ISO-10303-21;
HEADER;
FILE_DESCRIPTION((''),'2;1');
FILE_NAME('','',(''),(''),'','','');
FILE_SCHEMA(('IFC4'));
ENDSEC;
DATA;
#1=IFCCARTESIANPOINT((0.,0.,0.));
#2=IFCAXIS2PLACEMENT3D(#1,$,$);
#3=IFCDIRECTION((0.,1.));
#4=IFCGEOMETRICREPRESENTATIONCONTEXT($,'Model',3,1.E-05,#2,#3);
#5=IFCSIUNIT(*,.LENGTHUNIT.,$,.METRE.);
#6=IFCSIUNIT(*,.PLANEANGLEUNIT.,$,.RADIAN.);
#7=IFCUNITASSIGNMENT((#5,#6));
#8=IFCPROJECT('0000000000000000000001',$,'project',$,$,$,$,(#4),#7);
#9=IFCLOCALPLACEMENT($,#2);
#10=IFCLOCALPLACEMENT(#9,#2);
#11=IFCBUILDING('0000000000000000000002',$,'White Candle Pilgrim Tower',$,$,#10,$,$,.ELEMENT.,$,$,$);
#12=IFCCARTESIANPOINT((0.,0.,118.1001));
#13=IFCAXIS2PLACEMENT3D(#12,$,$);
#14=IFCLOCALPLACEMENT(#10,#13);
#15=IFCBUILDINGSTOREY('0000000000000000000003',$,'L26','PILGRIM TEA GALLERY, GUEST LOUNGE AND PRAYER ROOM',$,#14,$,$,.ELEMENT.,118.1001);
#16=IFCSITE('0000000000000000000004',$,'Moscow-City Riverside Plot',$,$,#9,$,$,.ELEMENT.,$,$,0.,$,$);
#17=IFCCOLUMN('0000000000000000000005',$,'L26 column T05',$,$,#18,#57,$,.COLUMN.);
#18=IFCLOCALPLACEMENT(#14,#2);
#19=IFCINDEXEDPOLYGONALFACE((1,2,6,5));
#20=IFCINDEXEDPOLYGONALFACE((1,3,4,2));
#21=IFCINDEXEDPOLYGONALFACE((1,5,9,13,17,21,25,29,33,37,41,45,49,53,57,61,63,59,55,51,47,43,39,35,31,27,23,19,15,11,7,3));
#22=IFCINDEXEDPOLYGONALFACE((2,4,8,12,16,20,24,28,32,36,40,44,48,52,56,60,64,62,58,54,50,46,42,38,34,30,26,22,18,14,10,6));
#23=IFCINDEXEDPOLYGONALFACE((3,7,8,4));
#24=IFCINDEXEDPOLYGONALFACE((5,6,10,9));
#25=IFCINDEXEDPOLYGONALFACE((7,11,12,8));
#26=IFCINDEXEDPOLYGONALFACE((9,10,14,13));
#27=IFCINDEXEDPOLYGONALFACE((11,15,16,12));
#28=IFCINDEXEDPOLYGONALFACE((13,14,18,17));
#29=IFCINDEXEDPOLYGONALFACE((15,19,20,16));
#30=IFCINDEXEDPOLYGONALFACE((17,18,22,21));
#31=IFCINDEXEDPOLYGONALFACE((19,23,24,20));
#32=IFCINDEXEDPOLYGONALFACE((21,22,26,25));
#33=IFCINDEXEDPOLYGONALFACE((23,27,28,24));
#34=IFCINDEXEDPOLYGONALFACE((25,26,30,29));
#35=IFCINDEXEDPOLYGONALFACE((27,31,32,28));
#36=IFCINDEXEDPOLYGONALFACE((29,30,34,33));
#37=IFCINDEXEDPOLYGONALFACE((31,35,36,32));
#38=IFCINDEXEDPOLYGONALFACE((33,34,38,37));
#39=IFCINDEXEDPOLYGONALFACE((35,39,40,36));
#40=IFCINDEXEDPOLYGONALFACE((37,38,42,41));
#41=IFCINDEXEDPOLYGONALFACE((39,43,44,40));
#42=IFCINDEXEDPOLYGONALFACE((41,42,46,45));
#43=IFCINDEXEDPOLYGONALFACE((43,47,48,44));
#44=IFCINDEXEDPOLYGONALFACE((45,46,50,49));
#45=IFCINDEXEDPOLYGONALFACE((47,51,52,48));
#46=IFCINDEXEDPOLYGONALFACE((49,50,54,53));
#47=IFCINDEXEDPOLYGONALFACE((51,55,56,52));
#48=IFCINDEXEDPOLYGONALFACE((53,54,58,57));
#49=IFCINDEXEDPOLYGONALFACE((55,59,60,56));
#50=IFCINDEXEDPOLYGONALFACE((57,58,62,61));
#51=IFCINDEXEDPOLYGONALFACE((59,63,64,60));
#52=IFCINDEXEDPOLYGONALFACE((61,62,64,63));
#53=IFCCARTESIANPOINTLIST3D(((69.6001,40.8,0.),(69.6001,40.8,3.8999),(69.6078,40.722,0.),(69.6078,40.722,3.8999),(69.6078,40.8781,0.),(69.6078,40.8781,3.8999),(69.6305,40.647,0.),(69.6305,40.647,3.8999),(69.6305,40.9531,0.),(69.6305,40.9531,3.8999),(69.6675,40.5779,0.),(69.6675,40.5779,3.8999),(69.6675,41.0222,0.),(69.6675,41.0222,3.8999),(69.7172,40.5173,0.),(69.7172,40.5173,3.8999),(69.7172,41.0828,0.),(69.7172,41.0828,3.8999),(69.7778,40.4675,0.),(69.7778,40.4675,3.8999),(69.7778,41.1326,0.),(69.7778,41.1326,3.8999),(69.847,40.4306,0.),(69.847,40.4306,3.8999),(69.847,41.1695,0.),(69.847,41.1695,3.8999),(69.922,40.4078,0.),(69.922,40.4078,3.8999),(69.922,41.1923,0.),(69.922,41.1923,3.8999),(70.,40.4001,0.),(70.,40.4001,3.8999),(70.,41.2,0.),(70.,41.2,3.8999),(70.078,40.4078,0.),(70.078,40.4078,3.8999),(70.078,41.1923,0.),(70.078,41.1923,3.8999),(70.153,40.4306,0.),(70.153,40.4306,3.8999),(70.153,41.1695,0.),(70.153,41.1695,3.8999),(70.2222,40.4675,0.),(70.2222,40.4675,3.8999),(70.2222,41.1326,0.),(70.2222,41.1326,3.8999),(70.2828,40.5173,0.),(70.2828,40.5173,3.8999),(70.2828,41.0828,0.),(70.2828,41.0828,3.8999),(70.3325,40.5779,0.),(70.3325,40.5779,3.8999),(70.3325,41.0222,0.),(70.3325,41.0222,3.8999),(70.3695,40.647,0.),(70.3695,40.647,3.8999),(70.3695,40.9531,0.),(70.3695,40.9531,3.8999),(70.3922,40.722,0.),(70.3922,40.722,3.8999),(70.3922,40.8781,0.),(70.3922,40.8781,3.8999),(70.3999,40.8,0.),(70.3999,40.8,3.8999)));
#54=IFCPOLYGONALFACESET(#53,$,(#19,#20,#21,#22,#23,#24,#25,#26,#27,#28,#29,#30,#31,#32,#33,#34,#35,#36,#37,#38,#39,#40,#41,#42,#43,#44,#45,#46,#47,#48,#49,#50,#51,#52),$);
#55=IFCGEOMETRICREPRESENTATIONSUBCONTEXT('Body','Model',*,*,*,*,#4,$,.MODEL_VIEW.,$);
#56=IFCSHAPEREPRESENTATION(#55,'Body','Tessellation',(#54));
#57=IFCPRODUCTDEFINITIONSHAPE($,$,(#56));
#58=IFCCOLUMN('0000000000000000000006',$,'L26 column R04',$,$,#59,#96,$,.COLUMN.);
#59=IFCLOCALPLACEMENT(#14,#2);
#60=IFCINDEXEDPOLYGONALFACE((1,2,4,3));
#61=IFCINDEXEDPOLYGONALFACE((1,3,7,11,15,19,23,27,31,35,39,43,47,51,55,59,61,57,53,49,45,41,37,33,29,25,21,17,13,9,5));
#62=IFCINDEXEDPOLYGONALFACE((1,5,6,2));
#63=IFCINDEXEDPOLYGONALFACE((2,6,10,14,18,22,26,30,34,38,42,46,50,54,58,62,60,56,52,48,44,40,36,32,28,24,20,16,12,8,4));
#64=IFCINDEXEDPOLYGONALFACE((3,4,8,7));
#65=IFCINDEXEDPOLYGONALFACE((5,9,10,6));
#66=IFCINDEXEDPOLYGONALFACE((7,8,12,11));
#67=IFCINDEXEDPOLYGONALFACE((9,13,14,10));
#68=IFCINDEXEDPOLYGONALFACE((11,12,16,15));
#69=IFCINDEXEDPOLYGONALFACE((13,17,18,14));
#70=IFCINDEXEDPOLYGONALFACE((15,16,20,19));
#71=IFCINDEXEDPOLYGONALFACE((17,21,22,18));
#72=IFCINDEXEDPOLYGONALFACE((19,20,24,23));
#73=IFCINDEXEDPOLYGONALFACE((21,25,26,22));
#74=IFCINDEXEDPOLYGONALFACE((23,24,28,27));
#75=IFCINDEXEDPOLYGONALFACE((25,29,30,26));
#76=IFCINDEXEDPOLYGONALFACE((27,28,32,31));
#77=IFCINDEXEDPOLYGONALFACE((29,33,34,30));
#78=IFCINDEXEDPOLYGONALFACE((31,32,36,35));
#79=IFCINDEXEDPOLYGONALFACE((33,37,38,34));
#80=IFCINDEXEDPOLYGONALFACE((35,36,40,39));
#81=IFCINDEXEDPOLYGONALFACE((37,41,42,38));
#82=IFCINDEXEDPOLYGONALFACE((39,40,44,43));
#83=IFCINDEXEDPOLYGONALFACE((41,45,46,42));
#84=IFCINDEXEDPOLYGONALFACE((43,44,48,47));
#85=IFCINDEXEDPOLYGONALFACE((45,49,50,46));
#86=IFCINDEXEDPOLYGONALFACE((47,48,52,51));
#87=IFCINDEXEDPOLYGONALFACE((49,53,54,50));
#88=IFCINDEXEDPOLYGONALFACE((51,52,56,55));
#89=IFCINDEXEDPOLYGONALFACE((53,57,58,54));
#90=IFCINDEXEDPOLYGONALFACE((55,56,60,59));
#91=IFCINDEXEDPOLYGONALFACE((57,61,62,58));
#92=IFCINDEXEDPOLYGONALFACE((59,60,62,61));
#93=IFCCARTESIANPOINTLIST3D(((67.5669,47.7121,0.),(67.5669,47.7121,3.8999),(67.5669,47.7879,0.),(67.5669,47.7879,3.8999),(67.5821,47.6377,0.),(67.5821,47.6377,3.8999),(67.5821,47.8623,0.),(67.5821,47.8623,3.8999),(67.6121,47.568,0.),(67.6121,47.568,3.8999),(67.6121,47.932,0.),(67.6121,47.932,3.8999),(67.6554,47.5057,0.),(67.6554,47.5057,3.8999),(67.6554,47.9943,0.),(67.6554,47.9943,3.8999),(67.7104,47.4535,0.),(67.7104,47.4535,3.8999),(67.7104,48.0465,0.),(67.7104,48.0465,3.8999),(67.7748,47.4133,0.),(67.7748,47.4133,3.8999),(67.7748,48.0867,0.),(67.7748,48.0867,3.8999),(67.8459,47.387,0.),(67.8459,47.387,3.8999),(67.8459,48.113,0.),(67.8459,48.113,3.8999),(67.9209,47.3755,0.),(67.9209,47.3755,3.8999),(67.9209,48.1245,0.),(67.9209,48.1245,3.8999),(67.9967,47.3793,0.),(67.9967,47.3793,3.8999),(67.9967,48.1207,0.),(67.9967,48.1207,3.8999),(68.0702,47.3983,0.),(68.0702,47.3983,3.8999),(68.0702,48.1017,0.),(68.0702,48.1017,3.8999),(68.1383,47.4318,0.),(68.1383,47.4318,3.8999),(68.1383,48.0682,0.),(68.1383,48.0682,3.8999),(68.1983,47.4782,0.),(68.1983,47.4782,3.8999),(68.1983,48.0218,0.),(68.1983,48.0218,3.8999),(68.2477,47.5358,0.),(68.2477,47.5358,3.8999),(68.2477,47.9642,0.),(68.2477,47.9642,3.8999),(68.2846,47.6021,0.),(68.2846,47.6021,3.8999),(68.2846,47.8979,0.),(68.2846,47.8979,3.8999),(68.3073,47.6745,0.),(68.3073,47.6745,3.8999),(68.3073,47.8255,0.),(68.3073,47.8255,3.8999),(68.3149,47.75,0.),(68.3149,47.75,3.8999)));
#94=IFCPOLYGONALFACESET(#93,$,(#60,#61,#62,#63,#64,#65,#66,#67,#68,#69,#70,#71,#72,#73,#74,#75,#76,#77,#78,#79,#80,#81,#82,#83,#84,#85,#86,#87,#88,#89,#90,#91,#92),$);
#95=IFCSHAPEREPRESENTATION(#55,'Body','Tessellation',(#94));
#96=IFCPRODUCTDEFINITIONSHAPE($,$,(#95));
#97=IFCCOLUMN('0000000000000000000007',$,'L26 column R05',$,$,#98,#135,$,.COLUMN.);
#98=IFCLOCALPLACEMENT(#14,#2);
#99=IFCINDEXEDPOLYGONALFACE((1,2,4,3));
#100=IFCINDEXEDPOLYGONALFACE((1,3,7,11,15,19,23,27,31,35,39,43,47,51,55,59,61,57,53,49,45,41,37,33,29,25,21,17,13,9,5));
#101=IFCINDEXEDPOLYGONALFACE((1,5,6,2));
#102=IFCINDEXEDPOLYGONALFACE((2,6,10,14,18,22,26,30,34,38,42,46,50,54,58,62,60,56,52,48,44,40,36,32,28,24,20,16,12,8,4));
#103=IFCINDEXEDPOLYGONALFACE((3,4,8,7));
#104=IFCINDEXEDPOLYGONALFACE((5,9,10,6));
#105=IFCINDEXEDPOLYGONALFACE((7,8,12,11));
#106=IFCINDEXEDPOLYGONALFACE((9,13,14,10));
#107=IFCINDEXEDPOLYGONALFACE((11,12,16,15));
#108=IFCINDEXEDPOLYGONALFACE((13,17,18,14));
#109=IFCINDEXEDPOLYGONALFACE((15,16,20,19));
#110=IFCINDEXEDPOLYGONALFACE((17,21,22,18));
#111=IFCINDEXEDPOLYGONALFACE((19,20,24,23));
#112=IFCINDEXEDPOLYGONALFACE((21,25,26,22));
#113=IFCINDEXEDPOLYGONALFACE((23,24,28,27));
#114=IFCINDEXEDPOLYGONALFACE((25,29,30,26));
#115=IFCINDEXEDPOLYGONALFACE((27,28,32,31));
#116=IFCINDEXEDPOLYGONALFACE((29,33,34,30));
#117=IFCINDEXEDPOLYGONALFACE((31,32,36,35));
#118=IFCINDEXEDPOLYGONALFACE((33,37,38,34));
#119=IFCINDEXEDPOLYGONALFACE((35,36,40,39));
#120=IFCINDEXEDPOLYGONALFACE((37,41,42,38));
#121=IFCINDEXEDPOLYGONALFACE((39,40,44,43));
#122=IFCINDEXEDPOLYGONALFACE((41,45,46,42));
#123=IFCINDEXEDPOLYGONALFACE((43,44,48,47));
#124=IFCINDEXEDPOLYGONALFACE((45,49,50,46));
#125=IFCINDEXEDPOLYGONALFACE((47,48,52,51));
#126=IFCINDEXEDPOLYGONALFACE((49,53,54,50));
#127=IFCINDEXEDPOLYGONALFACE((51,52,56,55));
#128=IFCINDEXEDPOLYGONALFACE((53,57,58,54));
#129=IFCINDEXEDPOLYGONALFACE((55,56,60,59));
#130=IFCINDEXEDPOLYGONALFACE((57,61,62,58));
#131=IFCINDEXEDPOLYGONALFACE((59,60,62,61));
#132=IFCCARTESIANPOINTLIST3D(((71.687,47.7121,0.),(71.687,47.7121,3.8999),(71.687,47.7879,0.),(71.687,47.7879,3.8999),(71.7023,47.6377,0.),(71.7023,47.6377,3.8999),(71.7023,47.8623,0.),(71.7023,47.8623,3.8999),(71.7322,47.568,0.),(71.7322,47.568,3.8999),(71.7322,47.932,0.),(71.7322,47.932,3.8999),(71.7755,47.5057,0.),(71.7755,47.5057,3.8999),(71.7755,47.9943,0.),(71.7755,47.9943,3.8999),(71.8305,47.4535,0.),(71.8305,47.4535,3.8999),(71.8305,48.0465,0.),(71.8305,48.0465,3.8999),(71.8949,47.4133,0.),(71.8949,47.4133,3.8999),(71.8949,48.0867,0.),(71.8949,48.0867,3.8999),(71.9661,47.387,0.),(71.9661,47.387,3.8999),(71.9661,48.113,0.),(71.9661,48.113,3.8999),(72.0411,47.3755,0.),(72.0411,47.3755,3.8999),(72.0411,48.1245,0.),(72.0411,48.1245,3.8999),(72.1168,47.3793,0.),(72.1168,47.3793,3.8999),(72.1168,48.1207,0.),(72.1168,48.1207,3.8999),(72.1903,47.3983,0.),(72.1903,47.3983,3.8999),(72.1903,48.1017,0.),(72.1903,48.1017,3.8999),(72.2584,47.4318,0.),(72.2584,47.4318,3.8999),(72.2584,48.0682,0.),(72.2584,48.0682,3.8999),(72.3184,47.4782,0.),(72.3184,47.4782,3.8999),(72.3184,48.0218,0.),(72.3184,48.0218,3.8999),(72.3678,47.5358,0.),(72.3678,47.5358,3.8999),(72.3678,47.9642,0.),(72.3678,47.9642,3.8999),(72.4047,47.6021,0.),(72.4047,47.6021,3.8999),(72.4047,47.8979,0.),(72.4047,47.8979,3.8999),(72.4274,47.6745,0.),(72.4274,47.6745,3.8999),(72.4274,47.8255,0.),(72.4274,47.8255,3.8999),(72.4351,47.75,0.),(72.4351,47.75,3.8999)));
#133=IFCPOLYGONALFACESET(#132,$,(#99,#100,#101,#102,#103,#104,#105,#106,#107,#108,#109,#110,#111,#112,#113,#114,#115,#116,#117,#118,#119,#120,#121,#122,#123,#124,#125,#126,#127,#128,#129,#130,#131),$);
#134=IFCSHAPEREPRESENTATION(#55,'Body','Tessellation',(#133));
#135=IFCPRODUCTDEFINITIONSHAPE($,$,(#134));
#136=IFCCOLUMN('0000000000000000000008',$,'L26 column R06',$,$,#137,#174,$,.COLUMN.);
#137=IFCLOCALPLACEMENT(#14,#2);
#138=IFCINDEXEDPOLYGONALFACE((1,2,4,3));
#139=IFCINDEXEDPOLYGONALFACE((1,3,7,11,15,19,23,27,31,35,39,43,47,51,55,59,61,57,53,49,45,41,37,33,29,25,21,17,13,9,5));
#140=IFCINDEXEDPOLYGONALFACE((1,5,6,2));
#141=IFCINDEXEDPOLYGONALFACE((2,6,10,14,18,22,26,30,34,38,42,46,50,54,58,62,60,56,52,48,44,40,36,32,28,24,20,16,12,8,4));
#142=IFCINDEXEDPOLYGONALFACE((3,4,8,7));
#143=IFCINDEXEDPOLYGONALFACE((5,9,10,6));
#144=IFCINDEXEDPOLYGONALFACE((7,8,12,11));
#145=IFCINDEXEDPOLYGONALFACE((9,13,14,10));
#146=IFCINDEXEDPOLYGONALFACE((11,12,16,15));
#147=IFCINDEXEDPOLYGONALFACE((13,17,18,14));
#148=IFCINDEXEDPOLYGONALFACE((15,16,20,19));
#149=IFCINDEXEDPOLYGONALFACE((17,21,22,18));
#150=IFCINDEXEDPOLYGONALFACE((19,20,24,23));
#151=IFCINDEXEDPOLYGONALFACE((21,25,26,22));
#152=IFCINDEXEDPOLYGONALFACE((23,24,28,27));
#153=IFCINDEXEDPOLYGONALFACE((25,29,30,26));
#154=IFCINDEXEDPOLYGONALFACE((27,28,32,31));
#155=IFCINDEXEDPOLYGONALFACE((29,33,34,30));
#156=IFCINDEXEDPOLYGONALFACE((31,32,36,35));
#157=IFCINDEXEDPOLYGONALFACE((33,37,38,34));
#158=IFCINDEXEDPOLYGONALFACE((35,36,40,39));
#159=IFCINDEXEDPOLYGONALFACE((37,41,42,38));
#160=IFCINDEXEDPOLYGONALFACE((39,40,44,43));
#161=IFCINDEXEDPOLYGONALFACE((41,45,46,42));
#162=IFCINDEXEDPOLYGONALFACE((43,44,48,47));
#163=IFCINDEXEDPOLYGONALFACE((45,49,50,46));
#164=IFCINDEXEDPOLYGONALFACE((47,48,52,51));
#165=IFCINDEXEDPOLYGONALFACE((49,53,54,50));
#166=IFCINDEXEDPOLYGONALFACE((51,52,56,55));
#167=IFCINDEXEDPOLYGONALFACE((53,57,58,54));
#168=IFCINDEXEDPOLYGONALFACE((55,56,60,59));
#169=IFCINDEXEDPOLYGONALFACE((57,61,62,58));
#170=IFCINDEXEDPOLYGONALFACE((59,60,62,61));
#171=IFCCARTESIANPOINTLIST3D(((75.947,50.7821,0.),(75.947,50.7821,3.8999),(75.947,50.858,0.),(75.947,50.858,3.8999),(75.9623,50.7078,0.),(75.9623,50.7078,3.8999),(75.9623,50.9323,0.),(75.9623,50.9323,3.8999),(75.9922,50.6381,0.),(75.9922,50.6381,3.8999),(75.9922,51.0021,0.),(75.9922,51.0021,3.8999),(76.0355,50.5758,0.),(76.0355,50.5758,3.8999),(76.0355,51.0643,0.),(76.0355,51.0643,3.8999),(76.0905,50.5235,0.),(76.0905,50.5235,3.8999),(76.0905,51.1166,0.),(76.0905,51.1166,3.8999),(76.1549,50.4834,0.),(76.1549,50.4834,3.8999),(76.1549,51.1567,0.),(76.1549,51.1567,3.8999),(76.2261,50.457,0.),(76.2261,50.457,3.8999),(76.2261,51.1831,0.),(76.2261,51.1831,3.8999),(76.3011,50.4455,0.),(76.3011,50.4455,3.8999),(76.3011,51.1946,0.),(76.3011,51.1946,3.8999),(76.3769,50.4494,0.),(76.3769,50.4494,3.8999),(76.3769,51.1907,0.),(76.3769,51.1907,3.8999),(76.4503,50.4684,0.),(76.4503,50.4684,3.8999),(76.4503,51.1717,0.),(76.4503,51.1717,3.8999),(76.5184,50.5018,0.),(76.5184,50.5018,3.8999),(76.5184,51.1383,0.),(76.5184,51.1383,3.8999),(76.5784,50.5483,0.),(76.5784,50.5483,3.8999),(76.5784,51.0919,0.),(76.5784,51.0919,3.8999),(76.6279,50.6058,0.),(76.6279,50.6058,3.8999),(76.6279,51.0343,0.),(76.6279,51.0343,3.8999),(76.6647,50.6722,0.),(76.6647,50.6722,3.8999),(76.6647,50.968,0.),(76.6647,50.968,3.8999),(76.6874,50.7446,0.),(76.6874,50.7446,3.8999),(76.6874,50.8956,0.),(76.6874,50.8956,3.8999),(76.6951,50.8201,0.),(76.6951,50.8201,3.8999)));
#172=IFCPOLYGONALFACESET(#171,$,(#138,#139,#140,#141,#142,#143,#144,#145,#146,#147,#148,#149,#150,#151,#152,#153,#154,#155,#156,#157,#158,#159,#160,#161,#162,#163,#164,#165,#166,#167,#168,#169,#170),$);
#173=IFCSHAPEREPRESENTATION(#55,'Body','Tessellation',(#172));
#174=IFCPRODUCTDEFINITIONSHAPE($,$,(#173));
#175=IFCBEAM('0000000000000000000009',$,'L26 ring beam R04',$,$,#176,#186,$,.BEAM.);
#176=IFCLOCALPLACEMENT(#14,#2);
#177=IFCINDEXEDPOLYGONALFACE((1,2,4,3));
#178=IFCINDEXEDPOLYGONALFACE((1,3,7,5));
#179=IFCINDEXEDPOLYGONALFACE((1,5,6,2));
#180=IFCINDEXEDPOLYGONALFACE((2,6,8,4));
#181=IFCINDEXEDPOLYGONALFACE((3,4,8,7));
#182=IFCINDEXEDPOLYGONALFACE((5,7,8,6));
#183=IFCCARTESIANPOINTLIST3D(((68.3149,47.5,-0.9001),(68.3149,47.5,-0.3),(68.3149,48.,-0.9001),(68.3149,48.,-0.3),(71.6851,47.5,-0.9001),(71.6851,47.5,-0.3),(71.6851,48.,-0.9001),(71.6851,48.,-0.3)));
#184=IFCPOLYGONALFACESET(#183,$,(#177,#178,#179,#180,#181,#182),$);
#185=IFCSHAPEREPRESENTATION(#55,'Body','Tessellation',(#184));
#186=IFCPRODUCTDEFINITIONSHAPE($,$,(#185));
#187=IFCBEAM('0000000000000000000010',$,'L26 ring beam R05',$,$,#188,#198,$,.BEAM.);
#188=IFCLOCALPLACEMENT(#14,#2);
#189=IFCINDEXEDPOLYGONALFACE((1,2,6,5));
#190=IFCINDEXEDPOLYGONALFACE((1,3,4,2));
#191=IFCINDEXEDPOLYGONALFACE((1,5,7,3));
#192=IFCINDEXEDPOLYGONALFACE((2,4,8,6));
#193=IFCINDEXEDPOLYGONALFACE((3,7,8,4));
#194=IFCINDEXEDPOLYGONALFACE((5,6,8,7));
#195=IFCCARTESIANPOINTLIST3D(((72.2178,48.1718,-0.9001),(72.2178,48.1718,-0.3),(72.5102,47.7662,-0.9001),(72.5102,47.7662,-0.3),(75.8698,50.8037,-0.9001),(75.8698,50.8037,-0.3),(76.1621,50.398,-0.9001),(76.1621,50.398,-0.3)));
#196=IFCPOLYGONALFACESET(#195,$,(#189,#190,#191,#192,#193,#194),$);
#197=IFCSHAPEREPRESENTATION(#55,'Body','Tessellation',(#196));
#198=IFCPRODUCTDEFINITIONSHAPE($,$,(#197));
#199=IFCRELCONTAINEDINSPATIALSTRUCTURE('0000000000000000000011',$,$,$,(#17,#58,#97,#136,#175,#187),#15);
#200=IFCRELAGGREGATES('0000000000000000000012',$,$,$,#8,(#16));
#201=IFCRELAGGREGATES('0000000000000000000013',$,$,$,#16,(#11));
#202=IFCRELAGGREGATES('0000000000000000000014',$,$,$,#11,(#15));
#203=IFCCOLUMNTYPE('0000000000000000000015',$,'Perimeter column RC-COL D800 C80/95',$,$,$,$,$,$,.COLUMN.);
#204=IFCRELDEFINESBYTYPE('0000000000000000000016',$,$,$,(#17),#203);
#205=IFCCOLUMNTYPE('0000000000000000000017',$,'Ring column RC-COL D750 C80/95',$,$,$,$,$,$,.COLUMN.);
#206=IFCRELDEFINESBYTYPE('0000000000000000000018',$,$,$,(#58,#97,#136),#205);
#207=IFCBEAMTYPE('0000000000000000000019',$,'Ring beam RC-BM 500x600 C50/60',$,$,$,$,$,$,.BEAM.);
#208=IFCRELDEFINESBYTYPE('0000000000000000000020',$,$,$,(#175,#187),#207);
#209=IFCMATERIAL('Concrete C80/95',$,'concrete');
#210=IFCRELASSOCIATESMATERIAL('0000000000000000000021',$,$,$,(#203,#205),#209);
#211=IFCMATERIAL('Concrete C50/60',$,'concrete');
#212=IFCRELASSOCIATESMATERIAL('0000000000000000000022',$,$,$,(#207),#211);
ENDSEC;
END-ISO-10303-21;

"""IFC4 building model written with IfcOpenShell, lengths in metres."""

from ifc_helpers import new_model, si_unit, direction, frame, origin, origin_2d, place, context, subcontext, project, spatial, rectangle, circle, extrude, material, material_profile, profile_set, type_object, element, save


model = new_model("IFC4")

# Units and contexts
model_context = context("Model", 3, precision=1e-05, world=origin(), true_north=direction((0.0, 1.0)))
body_context = subcontext(model_context, "Body", "Model", "MODEL_VIEW")
ifc_project = project(units=[si_unit("LENGTHUNIT", "METRE"), si_unit("PLANEANGLEUNIT", "RADIAN")], contexts=[model_context])

# Site, building, storey
site_placement = place(None, origin())
site = spatial("IfcSite", under=ifc_project, at=site_placement, Name="Moscow-City Riverside Plot", CompositionType="ELEMENT", RefElevation=0.0)
building_placement = place(site_placement, origin())
building = spatial("IfcBuilding", under=site, at=building_placement, Name="White Candle Pilgrim Tower", CompositionType="ELEMENT")
storey_placement = place(building_placement, frame((0.0, 0.0, 118.1001)))
storey = spatial("IfcBuildingStorey", under=building, at=storey_placement, Name="L26", Description="PILGRIM TEA GALLERY, GUEST LOUNGE AND PRAYER ROOM", CompositionType="ELEMENT", Elevation=118.1001)

# Columns
ifc_material_1 = material(Name="Concrete C80/95", Category="concrete")
ifc_material_profile_1 = material_profile(ifc_material_1, circle(Radius=0.3999, at=origin_2d()), Name="RC-COL D800")
ifc_profile_set_1 = profile_set([ifc_material_profile_1], Name="Concrete C80/95")
column_type_1 = type_object("IfcColumnType", Name="Perimeter column RC-COL D800 C80/95", PredefinedType="COLUMN", material=ifc_profile_set_1)
column_placement = place(storey_placement, frame((70.0, 40.8, 0.0), z_axis=(0.0, 0.0, 1.0), x_axis=(1.0, 0.0, 0.0)))
element("IfcColumn", 1, at=column_placement, inside=storey, type_object=column_type_1, Name="L26 column T05", PredefinedType="COLUMN", context=body_context, shape_type="SweptSolid", body=[
    extrude(circle(Radius=0.3999, at=origin_2d()), origin(), (0.0, 0.0, 1.0), 3.8999),
])
ifc_material_profile_2 = material_profile(ifc_material_1, circle(Radius=0.375, at=origin_2d()), Name="RC-COL D750")
ifc_profile_set_2 = profile_set([ifc_material_profile_2], Name="Concrete C80/95")
column_type_2 = type_object("IfcColumnType", Name="Ring column RC-COL D750 C80/95", PredefinedType="COLUMN", material=ifc_profile_set_2)
for number, where, z_axis, x_axis, name in (
    (2, (67.9399, 47.75, 0.0), (0.0, 0.0, 1.0), (1.0, 0.0, 0.0), "L26 column R04"),
    (3, (72.0601, 47.75, 0.0), (0.0, 0.0, 1.0), (1.0, 0.0, 0.0), "L26 column R05"),
    (4, (76.3201, 50.8201, 0.0), (0.0, 0.0, 1.0), (1.0, 0.0, 0.0), "L26 column R06"),
):
    element("IfcColumn", number, at=place(storey_placement, frame(where, z_axis=z_axis, x_axis=x_axis)), inside=storey, type_object=column_type_2, Name=name, PredefinedType="COLUMN", context=body_context, shape_type="SweptSolid", body=[
        extrude(circle(Radius=0.375, at=origin_2d()), origin(), (0.0, 0.0, 1.0), 3.8999),
    ])

# Beams
ifc_material_2 = material(Name="Concrete C50/60", Category="concrete")
ifc_material_profile_3 = material_profile(ifc_material_2, rectangle(XDim=0.5, YDim=0.6001, at=origin_2d()), Name="RC-BM 500x600")
ifc_profile_set_3 = profile_set([ifc_material_profile_3], Name="Concrete C50/60")
beam_type = type_object("IfcBeamType", Name="Ring beam RC-BM 500x600 C50/60", PredefinedType="BEAM", material=ifc_profile_set_3)
beam_1_placement = place(storey_placement, frame((68.3149, 47.75, -0.6001), z_axis=(1.0, 0.0, 0.0), x_axis=(0.0, 1.0, 0.0)))
element("IfcBeam", 5, at=beam_1_placement, inside=storey, type_object=beam_type, Name="L26 ring beam R04", PredefinedType="BEAM", context=body_context, shape_type="SweptSolid", body=[
    extrude(rectangle(XDim=0.5, YDim=0.6001, at=origin_2d()), origin(), (0.0, 0.0, 1.0), 3.3701),
])
beam_2_placement = place(storey_placement, frame((72.364, 47.969, -0.6001), z_axis=(0.811271, 0.58467, 0.0), x_axis=(-0.58467, 0.811271, 0.0)))
element("IfcBeam", 6, at=beam_2_placement, inside=storey, type_object=beam_type, Name="L26 ring beam R05", PredefinedType="BEAM", context=body_context, shape_type="SweptSolid", body=[
    extrude(rectangle(XDim=0.5, YDim=0.6001, at=origin_2d()), origin(), (0.0, 0.0, 1.0), 4.5015),
])

save(model, "model.ifc")
